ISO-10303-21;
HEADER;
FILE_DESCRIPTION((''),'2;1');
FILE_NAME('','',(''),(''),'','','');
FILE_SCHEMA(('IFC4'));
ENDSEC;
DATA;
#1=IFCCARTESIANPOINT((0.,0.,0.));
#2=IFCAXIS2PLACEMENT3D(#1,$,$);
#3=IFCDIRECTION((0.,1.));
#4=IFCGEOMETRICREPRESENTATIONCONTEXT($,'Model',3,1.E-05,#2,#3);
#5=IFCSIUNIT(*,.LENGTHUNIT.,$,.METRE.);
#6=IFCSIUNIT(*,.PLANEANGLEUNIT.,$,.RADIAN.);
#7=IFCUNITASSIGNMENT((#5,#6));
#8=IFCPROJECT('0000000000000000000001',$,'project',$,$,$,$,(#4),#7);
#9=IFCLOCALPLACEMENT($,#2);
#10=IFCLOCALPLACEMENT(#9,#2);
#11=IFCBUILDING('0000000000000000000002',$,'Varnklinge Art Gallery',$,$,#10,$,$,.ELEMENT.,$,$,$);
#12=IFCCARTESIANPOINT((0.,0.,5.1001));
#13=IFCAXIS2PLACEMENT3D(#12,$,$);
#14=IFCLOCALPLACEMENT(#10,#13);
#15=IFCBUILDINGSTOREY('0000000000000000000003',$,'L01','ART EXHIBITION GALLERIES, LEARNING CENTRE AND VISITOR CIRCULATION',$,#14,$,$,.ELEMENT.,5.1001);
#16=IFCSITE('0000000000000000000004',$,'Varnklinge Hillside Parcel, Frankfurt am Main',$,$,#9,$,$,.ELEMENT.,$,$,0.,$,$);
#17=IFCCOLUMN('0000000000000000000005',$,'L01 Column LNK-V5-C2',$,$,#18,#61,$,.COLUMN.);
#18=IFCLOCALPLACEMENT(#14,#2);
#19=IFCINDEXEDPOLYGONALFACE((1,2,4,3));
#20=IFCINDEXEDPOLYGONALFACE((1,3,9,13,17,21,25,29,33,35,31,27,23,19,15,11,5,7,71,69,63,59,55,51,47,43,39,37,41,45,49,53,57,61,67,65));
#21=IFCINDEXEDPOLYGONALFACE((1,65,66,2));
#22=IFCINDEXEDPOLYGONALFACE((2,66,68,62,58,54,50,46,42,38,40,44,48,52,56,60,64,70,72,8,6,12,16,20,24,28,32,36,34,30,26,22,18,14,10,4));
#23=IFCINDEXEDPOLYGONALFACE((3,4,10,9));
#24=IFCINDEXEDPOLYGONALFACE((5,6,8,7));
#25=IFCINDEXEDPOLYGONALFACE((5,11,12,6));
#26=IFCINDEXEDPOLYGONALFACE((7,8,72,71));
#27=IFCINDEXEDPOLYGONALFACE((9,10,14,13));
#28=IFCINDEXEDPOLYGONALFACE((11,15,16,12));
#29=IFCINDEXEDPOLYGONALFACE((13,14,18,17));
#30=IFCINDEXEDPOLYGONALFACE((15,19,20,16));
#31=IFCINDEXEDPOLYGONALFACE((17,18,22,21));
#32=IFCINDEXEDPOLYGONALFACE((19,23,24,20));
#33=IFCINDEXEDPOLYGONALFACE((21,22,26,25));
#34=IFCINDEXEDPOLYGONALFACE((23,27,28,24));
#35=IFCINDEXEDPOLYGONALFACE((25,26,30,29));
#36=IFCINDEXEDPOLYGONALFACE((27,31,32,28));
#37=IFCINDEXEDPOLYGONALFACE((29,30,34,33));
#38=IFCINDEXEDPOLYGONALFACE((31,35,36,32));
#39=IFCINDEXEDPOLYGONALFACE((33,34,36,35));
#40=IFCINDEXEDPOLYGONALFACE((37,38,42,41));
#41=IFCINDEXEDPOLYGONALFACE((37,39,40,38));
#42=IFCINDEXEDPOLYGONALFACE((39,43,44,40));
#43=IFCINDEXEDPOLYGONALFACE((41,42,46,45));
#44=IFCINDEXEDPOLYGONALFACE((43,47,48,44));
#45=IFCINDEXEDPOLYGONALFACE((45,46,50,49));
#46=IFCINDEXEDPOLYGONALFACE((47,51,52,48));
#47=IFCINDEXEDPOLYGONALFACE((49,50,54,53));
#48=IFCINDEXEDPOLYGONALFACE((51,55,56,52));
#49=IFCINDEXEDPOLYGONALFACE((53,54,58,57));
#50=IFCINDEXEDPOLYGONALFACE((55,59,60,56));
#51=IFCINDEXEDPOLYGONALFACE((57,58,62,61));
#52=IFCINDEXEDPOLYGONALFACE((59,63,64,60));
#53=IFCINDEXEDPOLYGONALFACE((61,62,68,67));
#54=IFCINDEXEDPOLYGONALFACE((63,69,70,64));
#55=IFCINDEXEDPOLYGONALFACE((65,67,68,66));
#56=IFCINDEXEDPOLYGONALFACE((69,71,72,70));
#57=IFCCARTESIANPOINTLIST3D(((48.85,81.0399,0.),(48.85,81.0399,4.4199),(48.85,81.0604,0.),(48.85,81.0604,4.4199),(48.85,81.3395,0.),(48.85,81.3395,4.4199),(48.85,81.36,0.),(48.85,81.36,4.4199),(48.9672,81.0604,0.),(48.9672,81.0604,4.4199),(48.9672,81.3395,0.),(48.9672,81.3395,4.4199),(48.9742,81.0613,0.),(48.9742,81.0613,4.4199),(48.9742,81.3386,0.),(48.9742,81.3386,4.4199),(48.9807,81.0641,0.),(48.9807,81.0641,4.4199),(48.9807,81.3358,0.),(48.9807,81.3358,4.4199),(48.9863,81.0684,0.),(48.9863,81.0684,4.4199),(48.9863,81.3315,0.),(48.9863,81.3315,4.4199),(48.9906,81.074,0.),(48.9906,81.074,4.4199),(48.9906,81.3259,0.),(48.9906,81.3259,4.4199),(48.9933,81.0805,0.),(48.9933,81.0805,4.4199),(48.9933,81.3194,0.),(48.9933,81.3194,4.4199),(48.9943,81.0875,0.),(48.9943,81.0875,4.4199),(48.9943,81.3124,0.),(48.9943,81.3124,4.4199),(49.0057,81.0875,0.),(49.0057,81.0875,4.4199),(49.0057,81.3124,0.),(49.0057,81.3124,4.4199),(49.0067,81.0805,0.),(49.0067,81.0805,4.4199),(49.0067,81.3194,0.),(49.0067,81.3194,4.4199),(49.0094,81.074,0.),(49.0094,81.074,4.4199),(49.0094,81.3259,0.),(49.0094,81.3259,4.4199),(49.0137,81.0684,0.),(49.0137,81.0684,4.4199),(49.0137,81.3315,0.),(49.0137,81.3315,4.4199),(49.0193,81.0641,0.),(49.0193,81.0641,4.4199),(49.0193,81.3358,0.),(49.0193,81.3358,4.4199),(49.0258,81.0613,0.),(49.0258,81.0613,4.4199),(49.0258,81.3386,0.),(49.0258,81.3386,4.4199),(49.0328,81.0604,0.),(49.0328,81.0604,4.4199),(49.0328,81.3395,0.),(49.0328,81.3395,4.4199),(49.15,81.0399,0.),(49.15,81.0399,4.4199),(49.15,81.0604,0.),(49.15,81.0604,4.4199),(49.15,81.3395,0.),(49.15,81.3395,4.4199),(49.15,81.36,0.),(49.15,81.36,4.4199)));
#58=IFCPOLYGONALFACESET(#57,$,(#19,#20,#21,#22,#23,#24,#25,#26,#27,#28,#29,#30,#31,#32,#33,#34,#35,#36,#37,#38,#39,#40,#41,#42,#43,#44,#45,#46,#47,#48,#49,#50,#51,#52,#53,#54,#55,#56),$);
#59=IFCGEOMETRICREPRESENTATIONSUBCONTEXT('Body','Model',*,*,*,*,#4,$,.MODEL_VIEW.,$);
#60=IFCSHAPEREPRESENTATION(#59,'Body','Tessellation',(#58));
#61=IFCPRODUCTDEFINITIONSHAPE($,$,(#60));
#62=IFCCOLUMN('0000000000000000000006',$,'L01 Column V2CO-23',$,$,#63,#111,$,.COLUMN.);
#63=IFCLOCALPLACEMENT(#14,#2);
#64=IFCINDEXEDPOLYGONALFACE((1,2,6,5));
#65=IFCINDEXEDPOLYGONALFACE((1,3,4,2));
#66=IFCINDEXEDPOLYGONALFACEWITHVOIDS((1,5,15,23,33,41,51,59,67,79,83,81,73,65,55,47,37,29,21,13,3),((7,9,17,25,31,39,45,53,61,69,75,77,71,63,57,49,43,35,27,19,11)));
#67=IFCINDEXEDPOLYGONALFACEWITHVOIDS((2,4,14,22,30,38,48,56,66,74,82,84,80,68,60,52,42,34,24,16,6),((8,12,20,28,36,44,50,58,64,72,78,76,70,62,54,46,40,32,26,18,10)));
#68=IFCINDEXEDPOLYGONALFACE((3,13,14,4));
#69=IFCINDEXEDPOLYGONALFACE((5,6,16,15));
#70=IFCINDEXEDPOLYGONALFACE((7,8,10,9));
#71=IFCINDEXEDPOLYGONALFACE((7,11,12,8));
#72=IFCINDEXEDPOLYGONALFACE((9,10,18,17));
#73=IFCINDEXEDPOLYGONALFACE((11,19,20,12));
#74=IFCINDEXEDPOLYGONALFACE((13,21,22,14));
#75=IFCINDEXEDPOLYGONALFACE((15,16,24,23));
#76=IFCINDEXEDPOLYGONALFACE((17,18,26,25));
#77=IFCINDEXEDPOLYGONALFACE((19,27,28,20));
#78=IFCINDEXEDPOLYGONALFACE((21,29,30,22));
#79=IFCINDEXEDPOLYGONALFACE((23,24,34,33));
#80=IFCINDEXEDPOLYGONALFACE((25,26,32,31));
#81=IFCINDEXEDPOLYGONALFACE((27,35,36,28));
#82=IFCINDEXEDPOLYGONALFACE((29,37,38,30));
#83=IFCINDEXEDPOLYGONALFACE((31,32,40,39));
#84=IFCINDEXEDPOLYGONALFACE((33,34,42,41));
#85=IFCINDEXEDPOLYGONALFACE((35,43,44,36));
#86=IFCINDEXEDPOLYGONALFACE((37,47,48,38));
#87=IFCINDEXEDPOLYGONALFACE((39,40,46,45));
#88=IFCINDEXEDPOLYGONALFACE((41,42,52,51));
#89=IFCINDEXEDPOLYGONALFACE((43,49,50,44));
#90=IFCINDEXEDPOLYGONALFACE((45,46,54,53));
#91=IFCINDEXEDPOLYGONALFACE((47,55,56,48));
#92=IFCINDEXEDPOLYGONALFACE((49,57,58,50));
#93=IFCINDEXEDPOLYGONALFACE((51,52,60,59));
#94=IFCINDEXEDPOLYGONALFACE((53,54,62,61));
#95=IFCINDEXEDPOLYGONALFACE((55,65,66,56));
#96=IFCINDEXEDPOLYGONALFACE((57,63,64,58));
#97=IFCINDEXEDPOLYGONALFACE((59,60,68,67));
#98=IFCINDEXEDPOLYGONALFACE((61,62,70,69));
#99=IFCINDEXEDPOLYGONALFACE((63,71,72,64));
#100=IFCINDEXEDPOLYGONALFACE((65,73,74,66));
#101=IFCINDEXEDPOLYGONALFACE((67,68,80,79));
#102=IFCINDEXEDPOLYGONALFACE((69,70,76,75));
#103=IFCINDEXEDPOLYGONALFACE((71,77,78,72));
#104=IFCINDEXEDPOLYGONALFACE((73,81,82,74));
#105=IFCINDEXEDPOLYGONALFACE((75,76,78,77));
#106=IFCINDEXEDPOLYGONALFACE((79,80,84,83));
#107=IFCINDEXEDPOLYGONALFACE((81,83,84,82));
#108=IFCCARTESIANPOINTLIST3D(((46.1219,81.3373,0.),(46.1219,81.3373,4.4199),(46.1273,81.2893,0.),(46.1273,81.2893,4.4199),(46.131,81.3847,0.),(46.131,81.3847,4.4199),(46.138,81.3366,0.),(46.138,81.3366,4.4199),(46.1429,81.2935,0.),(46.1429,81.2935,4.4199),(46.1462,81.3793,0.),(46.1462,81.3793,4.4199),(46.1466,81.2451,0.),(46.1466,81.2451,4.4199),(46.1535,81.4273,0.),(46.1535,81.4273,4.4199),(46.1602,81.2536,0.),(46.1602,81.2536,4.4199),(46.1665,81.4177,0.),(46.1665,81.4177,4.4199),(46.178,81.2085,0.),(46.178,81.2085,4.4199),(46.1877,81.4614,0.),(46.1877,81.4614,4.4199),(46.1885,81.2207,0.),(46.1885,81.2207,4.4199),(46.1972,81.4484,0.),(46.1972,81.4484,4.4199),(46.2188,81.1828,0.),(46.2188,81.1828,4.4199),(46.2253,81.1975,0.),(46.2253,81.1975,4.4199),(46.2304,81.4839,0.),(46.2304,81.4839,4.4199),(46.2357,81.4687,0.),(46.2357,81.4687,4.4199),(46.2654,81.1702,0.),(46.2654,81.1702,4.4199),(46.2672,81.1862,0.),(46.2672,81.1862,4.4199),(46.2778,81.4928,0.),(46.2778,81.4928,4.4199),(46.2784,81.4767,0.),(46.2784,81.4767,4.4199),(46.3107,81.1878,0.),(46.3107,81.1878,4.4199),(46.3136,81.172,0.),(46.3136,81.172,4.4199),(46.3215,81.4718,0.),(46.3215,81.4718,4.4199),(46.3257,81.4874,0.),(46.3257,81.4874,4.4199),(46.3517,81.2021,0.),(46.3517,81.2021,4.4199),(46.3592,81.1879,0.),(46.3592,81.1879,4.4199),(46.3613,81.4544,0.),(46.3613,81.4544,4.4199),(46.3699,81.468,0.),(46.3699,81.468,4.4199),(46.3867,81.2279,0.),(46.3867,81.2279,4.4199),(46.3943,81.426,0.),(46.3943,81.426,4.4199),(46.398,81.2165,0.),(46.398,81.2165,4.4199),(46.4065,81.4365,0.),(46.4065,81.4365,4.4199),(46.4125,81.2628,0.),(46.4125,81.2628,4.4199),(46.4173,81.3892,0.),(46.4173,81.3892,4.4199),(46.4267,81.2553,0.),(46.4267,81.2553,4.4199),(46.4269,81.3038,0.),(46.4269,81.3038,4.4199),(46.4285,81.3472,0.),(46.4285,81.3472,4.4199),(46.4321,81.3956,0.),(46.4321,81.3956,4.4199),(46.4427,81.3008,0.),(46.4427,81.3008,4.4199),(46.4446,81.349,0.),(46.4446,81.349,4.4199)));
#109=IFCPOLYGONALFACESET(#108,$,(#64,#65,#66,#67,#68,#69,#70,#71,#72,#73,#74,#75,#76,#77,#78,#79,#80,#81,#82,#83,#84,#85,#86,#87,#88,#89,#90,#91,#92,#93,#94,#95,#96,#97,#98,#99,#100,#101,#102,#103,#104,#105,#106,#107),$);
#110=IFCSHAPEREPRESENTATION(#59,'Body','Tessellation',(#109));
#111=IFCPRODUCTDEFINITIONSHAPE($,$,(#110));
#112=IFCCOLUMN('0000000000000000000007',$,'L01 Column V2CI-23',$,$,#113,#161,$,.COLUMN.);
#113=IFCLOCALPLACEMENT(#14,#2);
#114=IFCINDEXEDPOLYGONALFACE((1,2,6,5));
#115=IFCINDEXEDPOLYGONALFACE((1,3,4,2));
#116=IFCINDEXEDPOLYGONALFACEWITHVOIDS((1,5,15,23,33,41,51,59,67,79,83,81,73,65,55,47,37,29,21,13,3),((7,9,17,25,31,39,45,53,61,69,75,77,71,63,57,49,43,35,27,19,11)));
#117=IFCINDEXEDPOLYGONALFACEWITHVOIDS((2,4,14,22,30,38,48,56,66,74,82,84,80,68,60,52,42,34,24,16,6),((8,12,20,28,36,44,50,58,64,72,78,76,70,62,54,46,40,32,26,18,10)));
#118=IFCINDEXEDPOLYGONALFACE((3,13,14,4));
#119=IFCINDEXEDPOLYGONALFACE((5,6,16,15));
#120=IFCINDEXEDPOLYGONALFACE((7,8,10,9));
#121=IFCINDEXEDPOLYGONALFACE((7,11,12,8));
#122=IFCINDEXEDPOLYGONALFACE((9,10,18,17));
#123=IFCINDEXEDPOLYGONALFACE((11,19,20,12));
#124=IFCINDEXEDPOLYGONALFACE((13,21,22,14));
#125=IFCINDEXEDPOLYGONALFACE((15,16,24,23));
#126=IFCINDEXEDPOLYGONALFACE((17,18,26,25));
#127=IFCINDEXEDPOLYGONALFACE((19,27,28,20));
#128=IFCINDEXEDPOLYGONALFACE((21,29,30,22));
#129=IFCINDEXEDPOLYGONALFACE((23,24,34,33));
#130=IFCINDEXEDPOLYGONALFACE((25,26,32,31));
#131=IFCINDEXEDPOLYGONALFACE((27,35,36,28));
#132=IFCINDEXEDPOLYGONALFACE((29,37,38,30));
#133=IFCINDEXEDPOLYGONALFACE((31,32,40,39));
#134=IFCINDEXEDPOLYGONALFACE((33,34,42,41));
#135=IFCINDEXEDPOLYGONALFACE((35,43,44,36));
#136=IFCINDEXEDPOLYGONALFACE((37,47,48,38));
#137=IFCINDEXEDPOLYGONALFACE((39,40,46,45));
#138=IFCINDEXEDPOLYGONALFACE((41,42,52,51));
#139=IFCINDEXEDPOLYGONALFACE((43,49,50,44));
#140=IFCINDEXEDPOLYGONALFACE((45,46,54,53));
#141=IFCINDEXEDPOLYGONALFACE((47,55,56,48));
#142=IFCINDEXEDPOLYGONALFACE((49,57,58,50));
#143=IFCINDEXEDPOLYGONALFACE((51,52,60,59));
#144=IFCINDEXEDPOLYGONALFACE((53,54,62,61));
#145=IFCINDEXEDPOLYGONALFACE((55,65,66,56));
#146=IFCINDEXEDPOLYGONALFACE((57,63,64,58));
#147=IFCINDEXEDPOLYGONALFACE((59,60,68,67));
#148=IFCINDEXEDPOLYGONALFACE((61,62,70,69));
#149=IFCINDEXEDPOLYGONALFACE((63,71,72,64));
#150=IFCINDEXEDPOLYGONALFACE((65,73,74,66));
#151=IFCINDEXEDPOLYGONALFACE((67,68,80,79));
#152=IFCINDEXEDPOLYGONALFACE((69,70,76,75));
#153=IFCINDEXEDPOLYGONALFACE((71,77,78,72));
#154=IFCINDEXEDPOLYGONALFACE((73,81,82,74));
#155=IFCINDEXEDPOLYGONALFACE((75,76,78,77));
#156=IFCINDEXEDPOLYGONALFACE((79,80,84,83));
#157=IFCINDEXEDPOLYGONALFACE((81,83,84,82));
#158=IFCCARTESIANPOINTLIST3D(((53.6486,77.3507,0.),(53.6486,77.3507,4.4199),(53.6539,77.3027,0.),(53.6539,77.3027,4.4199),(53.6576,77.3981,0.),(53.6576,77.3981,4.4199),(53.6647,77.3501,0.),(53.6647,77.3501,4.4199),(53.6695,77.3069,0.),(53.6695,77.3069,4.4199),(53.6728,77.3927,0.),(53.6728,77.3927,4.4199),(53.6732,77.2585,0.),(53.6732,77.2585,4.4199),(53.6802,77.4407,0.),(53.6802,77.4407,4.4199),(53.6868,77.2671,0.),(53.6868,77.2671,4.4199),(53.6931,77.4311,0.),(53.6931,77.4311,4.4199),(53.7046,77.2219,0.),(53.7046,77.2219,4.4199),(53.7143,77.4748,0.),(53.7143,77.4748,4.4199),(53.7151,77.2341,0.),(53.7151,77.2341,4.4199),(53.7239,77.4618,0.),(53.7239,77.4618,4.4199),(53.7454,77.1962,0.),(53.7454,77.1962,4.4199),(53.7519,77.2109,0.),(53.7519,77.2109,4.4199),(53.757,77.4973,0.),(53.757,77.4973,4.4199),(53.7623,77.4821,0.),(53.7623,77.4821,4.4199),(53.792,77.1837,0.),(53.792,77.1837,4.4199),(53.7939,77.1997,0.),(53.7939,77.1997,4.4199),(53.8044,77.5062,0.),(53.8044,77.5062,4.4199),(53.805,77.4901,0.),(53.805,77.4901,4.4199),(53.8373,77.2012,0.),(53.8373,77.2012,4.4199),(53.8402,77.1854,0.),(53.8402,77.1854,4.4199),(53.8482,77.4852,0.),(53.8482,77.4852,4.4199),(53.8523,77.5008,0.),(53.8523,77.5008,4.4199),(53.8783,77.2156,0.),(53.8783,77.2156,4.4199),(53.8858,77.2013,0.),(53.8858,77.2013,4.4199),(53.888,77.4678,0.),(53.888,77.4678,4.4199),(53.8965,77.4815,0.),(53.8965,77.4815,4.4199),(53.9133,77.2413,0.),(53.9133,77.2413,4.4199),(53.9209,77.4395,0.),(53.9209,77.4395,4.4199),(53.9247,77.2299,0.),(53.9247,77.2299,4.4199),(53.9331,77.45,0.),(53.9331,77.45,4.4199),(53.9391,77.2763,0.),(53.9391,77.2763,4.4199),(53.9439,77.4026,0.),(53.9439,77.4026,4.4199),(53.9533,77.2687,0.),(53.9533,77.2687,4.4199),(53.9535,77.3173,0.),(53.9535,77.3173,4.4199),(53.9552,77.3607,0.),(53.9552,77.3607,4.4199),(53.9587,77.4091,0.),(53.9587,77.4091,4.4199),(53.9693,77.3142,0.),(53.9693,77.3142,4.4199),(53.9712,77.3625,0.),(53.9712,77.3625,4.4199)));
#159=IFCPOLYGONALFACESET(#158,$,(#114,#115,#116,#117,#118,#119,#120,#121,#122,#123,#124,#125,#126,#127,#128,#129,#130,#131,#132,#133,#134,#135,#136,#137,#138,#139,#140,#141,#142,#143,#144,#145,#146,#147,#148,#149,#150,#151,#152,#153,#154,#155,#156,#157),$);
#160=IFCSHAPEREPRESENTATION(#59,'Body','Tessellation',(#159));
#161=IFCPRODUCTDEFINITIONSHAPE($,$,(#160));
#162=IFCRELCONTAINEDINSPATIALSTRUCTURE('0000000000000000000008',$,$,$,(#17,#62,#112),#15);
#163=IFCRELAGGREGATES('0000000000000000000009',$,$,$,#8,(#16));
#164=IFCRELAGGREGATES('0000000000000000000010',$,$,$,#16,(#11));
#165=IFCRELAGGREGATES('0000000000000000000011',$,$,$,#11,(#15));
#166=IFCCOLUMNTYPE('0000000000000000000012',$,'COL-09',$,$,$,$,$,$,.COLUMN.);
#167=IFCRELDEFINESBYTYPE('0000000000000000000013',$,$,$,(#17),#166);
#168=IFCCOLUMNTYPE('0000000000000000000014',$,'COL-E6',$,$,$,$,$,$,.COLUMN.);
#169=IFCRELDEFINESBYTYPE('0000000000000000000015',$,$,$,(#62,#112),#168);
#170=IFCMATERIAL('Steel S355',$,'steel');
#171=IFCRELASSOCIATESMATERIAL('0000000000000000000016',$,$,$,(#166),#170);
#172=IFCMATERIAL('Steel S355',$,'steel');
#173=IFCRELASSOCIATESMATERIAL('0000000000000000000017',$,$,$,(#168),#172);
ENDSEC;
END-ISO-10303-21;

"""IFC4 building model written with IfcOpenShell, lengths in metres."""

from ifc_helpers import new_model, si_unit, direction, frame, origin, origin_2d, place, context, subcontext, project, spatial, hollow_circle, i_section, extrude, material, material_profile, profile_set, type_object, element, save


model = new_model("IFC4")

# Units and contexts
model_context = context("Model", 3, precision=1e-05, world=origin(), true_north=direction((0.0, 1.0)))
body_context = subcontext(model_context, "Body", "Model", "MODEL_VIEW")
ifc_project = project(units=[si_unit("LENGTHUNIT", "METRE"), si_unit("PLANEANGLEUNIT", "RADIAN")], contexts=[model_context])

# Site, building, storey
site_placement = place(None, origin())
site = spatial("IfcSite", under=ifc_project, at=site_placement, Name="Varnklinge Hillside Parcel, Frankfurt am Main", CompositionType="ELEMENT", RefElevation=0.0)
building_placement = place(site_placement, origin())
building = spatial("IfcBuilding", under=site, at=building_placement, Name="Varnklinge Art Gallery", CompositionType="ELEMENT")
storey_placement = place(building_placement, frame((0.0, 0.0, 5.1001)))
storey = spatial("IfcBuildingStorey", under=building, at=storey_placement, Name="L01", Description="ART EXHIBITION GALLERIES, LEARNING CENTRE AND VISITOR CIRCULATION", CompositionType="ELEMENT", Elevation=5.1001)

# Columns
ifc_material_1 = material(Name="Steel S355", Category="steel")
ifc_material_profile_1 = material_profile(ifc_material_1, i_section(OverallWidth=0.3, OverallDepth=0.3201, WebThickness=0.0115, FlangeThickness=0.0205, FilletRadius=0.0271, at=origin_2d()), Name="HEB 320")
ifc_profile_set_1 = profile_set([ifc_material_profile_1], Name="Steel S355")
column_type_1 = type_object("IfcColumnType", Name="COL-09", PredefinedType="COLUMN", material=ifc_profile_set_1)
column_placement = place(storey_placement, frame((49.0, 81.2, 0.0), z_axis=(0.0, 0.0, 1.0), x_axis=(1.0, 0.0, 0.0)))
element("IfcColumn", 1, at=column_placement, inside=storey, type_object=column_type_1, Name="L01 Column LNK-V5-C2", PredefinedType="COLUMN", context=body_context, shape_type="SweptSolid", body=[
    extrude(i_section(OverallWidth=0.3, OverallDepth=0.3201, WebThickness=0.0115, FlangeThickness=0.0205, FilletRadius=0.0271, at=origin_2d()), origin(), (0.0, 0.0, 1.0), 4.4199),
])
ifc_material_2 = material(Name="Steel S355", Category="steel")
ifc_material_profile_2 = material_profile(ifc_material_2, hollow_circle(Radius=0.1619, WallThickness=0.0161, at=origin_2d()), Name="CHS 323.9x16")
ifc_profile_set_2 = profile_set([ifc_material_profile_2], Name="Steel S355")
column_type_2 = type_object("IfcColumnType", Name="COL-E6", PredefinedType="COLUMN", material=ifc_profile_set_2)
for number, where, z_axis, x_axis, name in (
    (2, (46.2837, 81.3311, 0.0), (0.0, 0.0, 1.0), (0.883684, -0.468084, 0.0), "L01 Column V2CO-23"),
    (3, (53.8103, 77.3445, 0.0), (0.0, 0.0, 1.0), (0.883684, -0.468084, 0.0), "L01 Column V2CI-23"),
):
    element("IfcColumn", number, at=place(storey_placement, frame(where, z_axis=z_axis, x_axis=x_axis)), inside=storey, type_object=column_type_2, Name=name, PredefinedType="COLUMN", context=body_context, shape_type="SweptSolid", body=[
        extrude(hollow_circle(Radius=0.1619, WallThickness=0.0161, at=origin_2d()), origin(), (0.0, 0.0, 1.0), 4.4199),
    ])

save(model, "model.ifc")
